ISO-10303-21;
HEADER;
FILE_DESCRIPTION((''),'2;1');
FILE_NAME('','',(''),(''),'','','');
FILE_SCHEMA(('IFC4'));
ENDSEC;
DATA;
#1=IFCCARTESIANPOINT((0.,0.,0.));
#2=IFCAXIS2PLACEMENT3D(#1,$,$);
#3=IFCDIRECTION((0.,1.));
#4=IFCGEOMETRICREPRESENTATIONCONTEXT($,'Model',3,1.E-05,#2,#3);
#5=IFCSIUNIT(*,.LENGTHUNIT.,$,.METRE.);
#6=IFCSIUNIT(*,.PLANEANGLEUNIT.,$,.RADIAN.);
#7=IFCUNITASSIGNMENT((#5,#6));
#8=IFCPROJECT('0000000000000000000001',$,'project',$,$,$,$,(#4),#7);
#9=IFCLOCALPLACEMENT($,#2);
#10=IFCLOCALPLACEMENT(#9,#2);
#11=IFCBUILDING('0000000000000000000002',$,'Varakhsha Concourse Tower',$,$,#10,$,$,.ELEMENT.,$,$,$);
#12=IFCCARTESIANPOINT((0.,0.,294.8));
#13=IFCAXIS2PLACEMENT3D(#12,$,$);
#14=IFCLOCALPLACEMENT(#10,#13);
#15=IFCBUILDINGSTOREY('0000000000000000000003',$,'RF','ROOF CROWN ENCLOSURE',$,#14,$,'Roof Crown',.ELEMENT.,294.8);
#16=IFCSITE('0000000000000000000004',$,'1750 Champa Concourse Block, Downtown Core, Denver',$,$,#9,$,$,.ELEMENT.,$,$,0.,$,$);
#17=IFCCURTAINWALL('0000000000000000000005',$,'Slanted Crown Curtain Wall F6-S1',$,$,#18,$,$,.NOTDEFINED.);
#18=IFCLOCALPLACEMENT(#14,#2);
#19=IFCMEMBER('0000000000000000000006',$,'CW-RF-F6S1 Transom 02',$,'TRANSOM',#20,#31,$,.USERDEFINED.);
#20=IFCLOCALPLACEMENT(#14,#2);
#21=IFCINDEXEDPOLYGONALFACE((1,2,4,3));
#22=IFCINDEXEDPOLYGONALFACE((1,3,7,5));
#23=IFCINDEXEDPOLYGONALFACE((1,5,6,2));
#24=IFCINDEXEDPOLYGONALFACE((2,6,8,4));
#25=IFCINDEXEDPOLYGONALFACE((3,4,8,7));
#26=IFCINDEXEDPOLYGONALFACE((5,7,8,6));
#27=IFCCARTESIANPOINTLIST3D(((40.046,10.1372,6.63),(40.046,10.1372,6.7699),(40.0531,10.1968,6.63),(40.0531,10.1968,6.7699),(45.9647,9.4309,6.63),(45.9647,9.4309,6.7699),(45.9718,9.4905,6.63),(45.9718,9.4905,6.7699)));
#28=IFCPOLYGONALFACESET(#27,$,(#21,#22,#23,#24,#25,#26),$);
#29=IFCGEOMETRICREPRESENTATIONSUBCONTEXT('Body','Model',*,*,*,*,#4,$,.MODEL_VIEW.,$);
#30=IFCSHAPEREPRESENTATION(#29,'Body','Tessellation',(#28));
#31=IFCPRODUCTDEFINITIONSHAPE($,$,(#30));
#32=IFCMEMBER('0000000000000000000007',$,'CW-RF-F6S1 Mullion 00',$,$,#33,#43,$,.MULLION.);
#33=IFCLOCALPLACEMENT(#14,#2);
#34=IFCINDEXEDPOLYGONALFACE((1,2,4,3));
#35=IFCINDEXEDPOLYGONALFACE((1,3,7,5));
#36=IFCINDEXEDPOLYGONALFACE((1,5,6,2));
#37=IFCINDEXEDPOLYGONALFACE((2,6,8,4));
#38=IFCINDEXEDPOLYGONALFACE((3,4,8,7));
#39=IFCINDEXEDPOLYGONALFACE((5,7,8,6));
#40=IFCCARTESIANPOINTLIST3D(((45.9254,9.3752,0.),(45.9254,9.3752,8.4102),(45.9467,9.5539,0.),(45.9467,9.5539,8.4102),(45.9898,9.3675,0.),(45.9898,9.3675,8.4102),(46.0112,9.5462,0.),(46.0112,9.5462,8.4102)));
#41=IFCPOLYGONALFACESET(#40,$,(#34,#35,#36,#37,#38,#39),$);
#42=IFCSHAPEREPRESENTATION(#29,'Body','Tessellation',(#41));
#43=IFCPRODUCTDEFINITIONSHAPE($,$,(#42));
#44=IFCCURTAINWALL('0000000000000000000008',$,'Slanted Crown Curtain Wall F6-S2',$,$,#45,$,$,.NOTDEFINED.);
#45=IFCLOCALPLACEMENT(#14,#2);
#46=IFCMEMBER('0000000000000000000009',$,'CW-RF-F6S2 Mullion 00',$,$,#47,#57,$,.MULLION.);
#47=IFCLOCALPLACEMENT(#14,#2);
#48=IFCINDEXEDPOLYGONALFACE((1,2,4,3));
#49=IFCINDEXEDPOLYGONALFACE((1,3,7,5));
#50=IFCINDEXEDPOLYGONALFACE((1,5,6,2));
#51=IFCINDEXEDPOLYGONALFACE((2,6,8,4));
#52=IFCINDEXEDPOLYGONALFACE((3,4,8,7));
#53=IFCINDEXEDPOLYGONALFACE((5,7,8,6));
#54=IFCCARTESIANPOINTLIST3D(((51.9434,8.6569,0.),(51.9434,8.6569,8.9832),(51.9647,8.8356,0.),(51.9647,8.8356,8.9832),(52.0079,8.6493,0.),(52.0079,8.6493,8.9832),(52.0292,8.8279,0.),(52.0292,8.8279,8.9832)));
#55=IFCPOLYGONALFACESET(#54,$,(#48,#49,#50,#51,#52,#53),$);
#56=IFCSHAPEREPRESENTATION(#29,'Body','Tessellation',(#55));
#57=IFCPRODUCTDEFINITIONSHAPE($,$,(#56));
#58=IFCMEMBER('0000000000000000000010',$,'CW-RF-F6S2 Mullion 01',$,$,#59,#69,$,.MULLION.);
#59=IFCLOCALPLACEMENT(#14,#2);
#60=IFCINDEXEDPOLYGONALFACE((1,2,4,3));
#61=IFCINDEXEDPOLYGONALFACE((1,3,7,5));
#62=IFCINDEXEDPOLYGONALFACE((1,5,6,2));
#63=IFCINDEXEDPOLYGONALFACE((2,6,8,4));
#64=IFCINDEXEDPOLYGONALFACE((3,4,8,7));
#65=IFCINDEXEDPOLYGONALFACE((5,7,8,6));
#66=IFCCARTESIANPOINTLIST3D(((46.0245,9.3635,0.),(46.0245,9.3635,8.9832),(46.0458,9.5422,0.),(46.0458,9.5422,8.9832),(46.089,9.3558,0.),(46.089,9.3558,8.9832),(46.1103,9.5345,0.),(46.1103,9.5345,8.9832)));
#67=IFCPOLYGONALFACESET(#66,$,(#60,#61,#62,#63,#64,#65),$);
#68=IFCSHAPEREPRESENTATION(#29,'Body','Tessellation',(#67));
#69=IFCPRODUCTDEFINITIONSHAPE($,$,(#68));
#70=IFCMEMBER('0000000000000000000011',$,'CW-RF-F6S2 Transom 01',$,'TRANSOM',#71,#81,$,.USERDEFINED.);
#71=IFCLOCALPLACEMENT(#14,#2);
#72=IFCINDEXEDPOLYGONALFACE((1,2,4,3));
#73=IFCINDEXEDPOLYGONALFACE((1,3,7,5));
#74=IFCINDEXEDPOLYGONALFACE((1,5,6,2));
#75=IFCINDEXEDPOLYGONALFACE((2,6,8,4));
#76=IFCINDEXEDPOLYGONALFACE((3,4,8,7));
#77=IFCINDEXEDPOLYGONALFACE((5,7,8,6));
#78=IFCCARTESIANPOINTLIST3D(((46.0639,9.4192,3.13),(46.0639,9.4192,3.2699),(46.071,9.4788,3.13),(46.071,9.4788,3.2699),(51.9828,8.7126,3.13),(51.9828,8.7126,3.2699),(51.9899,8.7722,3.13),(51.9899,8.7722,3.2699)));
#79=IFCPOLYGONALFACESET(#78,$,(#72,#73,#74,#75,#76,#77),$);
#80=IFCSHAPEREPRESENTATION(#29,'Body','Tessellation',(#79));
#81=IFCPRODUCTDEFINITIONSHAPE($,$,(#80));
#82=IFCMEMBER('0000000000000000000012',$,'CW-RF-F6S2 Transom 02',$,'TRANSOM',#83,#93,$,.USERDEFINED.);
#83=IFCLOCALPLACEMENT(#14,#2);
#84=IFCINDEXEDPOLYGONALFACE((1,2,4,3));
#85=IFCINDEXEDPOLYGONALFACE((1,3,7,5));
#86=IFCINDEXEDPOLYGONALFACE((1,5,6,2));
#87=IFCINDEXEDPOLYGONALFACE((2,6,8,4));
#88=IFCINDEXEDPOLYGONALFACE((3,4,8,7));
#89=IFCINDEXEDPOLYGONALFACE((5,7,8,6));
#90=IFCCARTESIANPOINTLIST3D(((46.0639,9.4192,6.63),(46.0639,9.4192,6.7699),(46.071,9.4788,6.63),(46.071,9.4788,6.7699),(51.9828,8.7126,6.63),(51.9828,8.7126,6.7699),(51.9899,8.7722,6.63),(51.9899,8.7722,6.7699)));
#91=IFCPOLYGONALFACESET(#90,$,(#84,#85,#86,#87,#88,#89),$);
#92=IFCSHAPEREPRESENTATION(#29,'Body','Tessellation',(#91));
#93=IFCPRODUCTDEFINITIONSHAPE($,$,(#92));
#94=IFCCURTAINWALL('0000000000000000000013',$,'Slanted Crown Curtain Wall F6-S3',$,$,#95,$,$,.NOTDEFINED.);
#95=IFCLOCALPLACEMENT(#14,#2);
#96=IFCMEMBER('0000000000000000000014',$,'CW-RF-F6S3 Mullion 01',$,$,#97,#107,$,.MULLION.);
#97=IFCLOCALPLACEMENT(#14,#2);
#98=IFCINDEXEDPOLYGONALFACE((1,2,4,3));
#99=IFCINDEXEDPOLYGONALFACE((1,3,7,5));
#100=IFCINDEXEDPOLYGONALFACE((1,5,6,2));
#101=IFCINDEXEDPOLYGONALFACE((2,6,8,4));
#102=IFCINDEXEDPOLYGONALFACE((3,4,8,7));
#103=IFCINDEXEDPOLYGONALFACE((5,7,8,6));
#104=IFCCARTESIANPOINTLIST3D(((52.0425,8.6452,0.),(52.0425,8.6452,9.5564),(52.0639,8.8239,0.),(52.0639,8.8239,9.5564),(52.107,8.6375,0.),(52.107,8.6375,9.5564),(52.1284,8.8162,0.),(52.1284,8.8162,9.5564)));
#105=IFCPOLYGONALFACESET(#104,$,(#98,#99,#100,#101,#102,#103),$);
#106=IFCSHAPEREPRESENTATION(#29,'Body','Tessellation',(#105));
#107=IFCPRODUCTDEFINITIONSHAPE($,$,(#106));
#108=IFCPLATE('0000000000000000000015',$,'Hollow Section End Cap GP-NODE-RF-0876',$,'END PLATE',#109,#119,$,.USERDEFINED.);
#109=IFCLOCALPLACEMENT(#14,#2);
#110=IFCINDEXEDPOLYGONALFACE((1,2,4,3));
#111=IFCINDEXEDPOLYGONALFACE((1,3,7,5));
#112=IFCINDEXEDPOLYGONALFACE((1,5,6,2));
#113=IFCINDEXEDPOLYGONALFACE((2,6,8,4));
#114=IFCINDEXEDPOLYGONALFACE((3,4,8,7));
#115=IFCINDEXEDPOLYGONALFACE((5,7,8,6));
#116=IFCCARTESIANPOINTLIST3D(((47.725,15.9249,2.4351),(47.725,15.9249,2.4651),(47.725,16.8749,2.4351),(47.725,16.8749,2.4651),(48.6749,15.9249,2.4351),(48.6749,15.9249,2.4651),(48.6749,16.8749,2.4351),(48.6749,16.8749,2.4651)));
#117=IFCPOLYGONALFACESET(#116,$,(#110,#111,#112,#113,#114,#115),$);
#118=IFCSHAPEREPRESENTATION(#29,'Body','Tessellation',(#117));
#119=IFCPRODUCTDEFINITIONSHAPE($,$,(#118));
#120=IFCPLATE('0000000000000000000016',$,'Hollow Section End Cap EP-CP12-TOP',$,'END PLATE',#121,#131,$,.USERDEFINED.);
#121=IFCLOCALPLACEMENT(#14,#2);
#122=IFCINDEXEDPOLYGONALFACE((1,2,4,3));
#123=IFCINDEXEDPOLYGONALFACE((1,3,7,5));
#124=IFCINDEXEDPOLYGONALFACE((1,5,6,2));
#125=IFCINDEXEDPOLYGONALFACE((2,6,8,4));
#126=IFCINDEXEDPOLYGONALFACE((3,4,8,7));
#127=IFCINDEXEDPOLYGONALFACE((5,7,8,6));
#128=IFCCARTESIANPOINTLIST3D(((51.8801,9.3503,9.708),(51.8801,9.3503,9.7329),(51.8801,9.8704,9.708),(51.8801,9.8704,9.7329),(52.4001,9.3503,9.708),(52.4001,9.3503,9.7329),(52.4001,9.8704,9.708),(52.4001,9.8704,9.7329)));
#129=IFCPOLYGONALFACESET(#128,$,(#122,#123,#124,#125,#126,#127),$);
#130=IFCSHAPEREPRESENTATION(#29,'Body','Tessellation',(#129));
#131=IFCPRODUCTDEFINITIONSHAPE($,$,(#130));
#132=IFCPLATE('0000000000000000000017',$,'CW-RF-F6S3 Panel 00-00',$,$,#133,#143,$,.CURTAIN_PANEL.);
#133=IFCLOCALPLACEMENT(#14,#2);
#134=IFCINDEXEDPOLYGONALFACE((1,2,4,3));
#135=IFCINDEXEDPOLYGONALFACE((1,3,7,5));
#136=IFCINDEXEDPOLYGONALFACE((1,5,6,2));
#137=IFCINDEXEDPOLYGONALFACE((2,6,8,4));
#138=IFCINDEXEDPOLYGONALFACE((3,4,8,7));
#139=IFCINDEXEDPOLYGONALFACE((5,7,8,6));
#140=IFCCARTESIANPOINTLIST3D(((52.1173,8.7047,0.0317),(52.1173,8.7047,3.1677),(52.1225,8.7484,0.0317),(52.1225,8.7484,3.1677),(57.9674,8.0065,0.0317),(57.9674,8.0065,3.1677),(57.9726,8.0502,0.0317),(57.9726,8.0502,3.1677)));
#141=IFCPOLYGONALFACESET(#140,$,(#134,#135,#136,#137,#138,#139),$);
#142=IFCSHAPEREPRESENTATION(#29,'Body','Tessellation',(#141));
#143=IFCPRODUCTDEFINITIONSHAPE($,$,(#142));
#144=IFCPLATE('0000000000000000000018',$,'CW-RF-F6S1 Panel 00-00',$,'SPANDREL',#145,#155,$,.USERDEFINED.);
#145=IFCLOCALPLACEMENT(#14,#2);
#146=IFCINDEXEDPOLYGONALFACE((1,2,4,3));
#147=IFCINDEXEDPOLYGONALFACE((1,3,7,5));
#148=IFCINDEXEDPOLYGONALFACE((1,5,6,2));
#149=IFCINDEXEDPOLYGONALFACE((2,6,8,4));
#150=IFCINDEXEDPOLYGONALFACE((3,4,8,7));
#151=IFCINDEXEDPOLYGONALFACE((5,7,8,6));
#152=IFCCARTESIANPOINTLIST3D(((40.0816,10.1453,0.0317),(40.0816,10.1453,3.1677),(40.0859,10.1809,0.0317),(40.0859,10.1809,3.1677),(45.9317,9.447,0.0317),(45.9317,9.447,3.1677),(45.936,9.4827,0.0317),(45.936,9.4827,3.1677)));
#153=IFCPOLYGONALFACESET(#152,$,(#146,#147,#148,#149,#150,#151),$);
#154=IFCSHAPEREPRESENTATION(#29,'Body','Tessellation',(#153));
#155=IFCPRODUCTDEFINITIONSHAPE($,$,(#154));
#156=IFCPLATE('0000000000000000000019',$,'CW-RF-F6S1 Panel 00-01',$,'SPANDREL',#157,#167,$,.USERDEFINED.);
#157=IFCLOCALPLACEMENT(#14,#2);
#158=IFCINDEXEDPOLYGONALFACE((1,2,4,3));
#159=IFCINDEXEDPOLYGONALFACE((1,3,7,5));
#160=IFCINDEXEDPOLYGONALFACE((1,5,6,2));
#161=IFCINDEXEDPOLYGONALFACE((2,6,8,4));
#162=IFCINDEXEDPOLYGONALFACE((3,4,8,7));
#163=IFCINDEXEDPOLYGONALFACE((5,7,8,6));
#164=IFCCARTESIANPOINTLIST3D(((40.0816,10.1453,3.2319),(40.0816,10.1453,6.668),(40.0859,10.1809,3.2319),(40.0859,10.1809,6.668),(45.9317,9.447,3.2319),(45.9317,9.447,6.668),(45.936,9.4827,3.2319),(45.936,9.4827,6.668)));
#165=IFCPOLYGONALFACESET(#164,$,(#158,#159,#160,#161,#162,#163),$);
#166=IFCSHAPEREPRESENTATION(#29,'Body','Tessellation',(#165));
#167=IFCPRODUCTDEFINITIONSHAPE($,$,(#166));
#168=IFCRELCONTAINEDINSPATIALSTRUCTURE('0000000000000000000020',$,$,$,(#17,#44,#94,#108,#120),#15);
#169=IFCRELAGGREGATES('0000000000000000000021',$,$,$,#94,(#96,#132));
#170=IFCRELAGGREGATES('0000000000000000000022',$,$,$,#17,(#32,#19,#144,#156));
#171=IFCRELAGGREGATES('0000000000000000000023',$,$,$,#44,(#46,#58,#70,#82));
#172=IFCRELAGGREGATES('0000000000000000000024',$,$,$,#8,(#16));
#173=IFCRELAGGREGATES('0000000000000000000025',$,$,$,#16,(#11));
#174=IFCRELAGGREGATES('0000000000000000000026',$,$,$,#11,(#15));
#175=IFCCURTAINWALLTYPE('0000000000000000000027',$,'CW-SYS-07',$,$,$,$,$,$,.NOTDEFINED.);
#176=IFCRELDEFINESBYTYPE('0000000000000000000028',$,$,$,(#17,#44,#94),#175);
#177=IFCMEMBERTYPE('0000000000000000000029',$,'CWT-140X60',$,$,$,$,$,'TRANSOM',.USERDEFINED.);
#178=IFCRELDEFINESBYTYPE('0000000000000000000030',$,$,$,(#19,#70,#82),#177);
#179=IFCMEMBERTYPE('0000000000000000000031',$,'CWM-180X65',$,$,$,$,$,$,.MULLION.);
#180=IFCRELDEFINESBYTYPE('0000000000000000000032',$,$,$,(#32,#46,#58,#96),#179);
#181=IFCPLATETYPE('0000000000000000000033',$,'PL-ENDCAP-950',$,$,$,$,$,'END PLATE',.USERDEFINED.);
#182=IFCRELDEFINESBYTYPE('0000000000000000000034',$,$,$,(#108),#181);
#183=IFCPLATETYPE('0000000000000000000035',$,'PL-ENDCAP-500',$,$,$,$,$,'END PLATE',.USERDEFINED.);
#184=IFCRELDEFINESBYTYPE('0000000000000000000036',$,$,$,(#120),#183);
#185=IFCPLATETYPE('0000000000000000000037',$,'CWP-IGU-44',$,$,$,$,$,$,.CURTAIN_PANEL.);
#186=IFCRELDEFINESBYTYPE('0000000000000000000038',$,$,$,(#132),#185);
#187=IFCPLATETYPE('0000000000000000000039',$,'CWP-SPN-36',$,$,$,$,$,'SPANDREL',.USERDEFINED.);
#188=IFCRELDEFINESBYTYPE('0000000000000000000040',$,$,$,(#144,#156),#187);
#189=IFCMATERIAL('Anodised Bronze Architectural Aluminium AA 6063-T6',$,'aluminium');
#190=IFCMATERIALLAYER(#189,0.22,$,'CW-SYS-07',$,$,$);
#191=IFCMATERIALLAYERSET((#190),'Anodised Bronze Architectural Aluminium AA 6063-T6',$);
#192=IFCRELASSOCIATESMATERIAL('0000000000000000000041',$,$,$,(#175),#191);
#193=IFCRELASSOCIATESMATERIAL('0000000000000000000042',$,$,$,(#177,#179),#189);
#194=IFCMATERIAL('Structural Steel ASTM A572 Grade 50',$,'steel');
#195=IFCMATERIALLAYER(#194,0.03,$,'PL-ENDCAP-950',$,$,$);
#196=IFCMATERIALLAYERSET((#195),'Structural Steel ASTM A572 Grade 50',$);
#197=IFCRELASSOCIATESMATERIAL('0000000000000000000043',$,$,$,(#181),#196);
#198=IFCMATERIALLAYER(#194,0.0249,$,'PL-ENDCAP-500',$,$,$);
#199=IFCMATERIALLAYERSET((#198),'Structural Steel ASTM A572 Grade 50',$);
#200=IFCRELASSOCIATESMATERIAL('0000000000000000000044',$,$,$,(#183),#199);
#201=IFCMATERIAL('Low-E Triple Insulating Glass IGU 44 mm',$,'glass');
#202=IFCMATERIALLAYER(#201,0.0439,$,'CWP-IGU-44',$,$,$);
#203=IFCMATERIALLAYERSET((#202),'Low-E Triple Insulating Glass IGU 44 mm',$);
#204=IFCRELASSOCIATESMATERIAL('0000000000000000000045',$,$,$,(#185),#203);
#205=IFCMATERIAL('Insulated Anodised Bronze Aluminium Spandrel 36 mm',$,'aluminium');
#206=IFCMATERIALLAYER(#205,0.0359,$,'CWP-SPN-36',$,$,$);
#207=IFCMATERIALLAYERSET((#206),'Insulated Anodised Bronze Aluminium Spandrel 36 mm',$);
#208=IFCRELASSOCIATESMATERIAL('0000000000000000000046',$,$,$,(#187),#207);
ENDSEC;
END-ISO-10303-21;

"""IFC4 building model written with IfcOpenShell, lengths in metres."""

from ifc_helpers import new_model, si_unit, direction, frame, origin, origin_2d, place, context, subcontext, project, spatial, rectangle, extrude, source, transform, mapped, material, layer, layer_set, material_profile, profile_set, type_object, type_shapes, element, aggregate, save


model = new_model("IFC4")

# Units and contexts
model_context = context("Model", 3, precision=1e-05, world=origin(), true_north=direction((0.0, 1.0)))
body_context = subcontext(model_context, "Body", "Model", "MODEL_VIEW")
ifc_project = project(units=[si_unit("LENGTHUNIT", "METRE"), si_unit("PLANEANGLEUNIT", "RADIAN")], contexts=[model_context])

# Site, building, storey
site_placement = place(None, origin())
site = spatial("IfcSite", under=ifc_project, at=site_placement, Name="1750 Champa Concourse Block, Downtown Core, Denver", CompositionType="ELEMENT", RefElevation=0.0)
building_placement = place(site_placement, origin())
building = spatial("IfcBuilding", under=site, at=building_placement, Name="Varakhsha Concourse Tower", CompositionType="ELEMENT")
storey_placement = place(building_placement, frame((0.0, 0.0, 294.8)))
storey = spatial("IfcBuildingStorey", under=building, at=storey_placement, Name="RF", Description="ROOF CROWN ENCLOSURE", LongName="Roof Crown", CompositionType="ELEMENT", Elevation=294.8)

# Shared definitions
ifc_material_1 = material(Name="Structural Steel ASTM A572 Grade 50", Category="steel")

# Curtain walls, members
ifc_material_2 = material(Name="Anodised Bronze Architectural Aluminium AA 6063-T6", Category="aluminium")
ifc_layer_1 = layer(ifc_material_2, 0.22, Name="CW-SYS-07")
ifc_layer_set_1 = layer_set([ifc_layer_1], Name="Anodised Bronze Architectural Aluminium AA 6063-T6")
curtain_wall_type = type_object("IfcCurtainWallType", Name="CW-SYS-07", PredefinedType="NOTDEFINED", material=ifc_layer_set_1)
curtain_wall_1_placement = place(storey_placement, origin())
curtain_wall_1 = element("IfcCurtainWall", 1, at=curtain_wall_1_placement, inside=storey, type_object=curtain_wall_type, Name="Slanted Crown Curtain Wall F6-S1", PredefinedType="NOTDEFINED")
ifc_material_profile_1 = material_profile(ifc_material_2, rectangle(XDim=0.0601, YDim=0.1399, at=origin_2d()), Name="CWT-140X60")
ifc_profile_set_1 = profile_set([ifc_material_profile_1], Name="Anodised Bronze Architectural Aluminium AA 6063-T6")
member_type_1 = type_object("IfcMemberType", Name="CWT-140X60", ElementType="TRANSOM", PredefinedType="USERDEFINED", material=ifc_profile_set_1)
shared_shape_1 = source(origin(), body_context, "Body", "SweptSolid", [
    extrude(rectangle(XDim=0.0601, YDim=0.1399, at=origin_2d()), origin(), (0.0, 0.0, 1.0), 5.9607),
])
member_1_placement = place(storey_placement, frame((45.9683, 9.4607, 6.7), z_axis=(-0.992955, 0.118493, 0.0), x_axis=(-0.118493, -0.992955, 0.0)))
member_1 = element("IfcMember", 2, at=member_1_placement, type_object=member_type_1, Name="CW-RF-F6S1 Transom 02", ObjectType="TRANSOM", PredefinedType="USERDEFINED", context=body_context, shape_type="MappedRepresentation", body=[
    mapped(shared_shape_1, transform((0.0, 0.0, 0.0), scale=1.0)),
])
ifc_material_profile_2 = material_profile(ifc_material_2, rectangle(XDim=0.0649, YDim=0.1799, at=origin_2d()), Name="CWM-180X65")
ifc_profile_set_2 = profile_set([ifc_material_profile_2], Name="Anodised Bronze Architectural Aluminium AA 6063-T6")
member_type_2 = type_object("IfcMemberType", Name="CWM-180X65", PredefinedType="MULLION", material=ifc_profile_set_2)
shared_shape_2 = source(origin(), body_context, "Body", "SweptSolid", [
    extrude(rectangle(XDim=0.0649, YDim=0.1799, at=origin_2d()), origin(), (0.0, 0.0, 1.0), 8.4102),
])
member_2_placement = place(storey_placement, frame((45.9683, 9.4607, 0.0), z_axis=(0.0, 0.0, 1.0), x_axis=(-0.992953, 0.11851, 0.0)))
member_2 = element("IfcMember", 3, at=member_2_placement, type_object=member_type_2, Name="CW-RF-F6S1 Mullion 00", PredefinedType="MULLION", context=body_context, shape_type="MappedRepresentation", body=[
    mapped(shared_shape_2, transform((0.0, 0.0, 0.0), scale=1.0)),
])
curtain_wall_2_placement = place(storey_placement, origin())
curtain_wall_2 = element("IfcCurtainWall", 4, at=curtain_wall_2_placement, inside=storey, type_object=curtain_wall_type, Name="Slanted Crown Curtain Wall F6-S2", PredefinedType="NOTDEFINED")
shared_shape_3 = source(origin(), body_context, "Body", "SweptSolid", [
    extrude(rectangle(XDim=0.0649, YDim=0.1799, at=origin_2d()), origin(), (0.0, 0.0, 1.0), 8.9832),
])
member_3_placement = place(storey_placement, frame((51.9863, 8.7424, 0.0), z_axis=(0.0, 0.0, 1.0), x_axis=(-0.992951, 0.118524, 0.0)))
member_3 = element("IfcMember", 5, at=member_3_placement, type_object=member_type_2, Name="CW-RF-F6S2 Mullion 00", PredefinedType="MULLION", context=body_context, shape_type="MappedRepresentation", body=[
    mapped(shared_shape_3, transform((0.0, 0.0, 0.0), scale=1.0)),
])
member_4_placement = place(storey_placement, frame((46.0674, 9.449, 0.0), z_axis=(0.0, 0.0, 1.0), x_axis=(-0.992951, 0.118524, 0.0)))
member_4 = element("IfcMember", 6, at=member_4_placement, type_object=member_type_2, Name="CW-RF-F6S2 Mullion 01", PredefinedType="MULLION", context=body_context, shape_type="MappedRepresentation", body=[
    mapped(shared_shape_3, transform((0.0, 0.0, 0.0), scale=1.0)),
])
shared_shape_4 = source(origin(), body_context, "Body", "SweptSolid", [
    extrude(rectangle(XDim=0.0601, YDim=0.1399, at=origin_2d()), origin(), (0.0, 0.0, 1.0), 5.9609),
])
type_shapes(member_type_1, [shared_shape_1, shared_shape_4])
member_5_placement = place(storey_placement, frame((51.9863, 8.7424, 3.2), z_axis=(-0.992951, 0.118528, 0.0), x_axis=(-0.118528, -0.992951, 0.0)))
member_5 = element("IfcMember", 7, at=member_5_placement, type_object=member_type_1, Name="CW-RF-F6S2 Transom 01", ObjectType="TRANSOM", PredefinedType="USERDEFINED", context=body_context, shape_type="MappedRepresentation", body=[
    mapped(shared_shape_4, transform((0.0, 0.0, 0.0), scale=1.0)),
])
member_6_placement = place(storey_placement, frame((51.9863, 8.7424, 6.7), z_axis=(-0.992951, 0.118528, 0.0), x_axis=(-0.118528, -0.992951, 0.0)))
member_6 = element("IfcMember", 8, at=member_6_placement, type_object=member_type_1, Name="CW-RF-F6S2 Transom 02", ObjectType="TRANSOM", PredefinedType="USERDEFINED", context=body_context, shape_type="MappedRepresentation", body=[
    mapped(shared_shape_4, transform((0.0, 0.0, 0.0), scale=1.0)),
])

# Curtain wall, member
curtain_wall_3_placement = place(storey_placement, origin())
curtain_wall_3 = element("IfcCurtainWall", 9, at=curtain_wall_3_placement, inside=storey, type_object=curtain_wall_type, Name="Slanted Crown Curtain Wall F6-S3", PredefinedType="NOTDEFINED")
shared_shape_5 = source(origin(), body_context, "Body", "SweptSolid", [
    extrude(rectangle(XDim=0.0649, YDim=0.1799, at=origin_2d()), origin(), (0.0, 0.0, 1.0), 9.5564),
])
type_shapes(member_type_2, [shared_shape_2, shared_shape_3, shared_shape_5])
member_7_placement = place(storey_placement, frame((52.0854, 8.7307, 0.0), z_axis=(0.0, 0.0, 1.0), x_axis=(-0.992953, 0.11851, 0.0)))
member_7 = element("IfcMember", 10, at=member_7_placement, type_object=member_type_2, Name="CW-RF-F6S3 Mullion 01", PredefinedType="MULLION", context=body_context, shape_type="MappedRepresentation", body=[
    mapped(shared_shape_5, transform((0.0, 0.0, 0.0), scale=1.0)),
])

# Plates
ifc_layer_2 = layer(ifc_material_1, 0.03, Name="PL-ENDCAP-950")
ifc_layer_set_2 = layer_set([ifc_layer_2], Name="Structural Steel ASTM A572 Grade 50")
plate_type_1 = type_object("IfcPlateType", Name="PL-ENDCAP-950", ElementType="END PLATE", PredefinedType="USERDEFINED", material=ifc_layer_set_2)
shared_shape_6 = source(origin(), body_context, "Body", "SweptSolid", [
    extrude(rectangle(XDim=0.95, YDim=0.95, at=origin_2d()), origin(), (0.0, 0.0, 1.0), 0.03),
])
type_shapes(plate_type_1, [shared_shape_6])
plate_1_placement = place(storey_placement, frame((48.2, 16.3999, 2.4351), z_axis=(0.0, 0.0, 1.0), x_axis=(1.0, 0.0, 0.0)))
element("IfcPlate", 11, at=plate_1_placement, inside=storey, type_object=plate_type_1, Name="Hollow Section End Cap GP-NODE-RF-0876", ObjectType="END PLATE", PredefinedType="USERDEFINED", context=body_context, shape_type="MappedRepresentation", body=[
    mapped(shared_shape_6, transform((0.0, 0.0, 0.0), scale=1.0)),
])
ifc_layer_3 = layer(ifc_material_1, 0.0249, Name="PL-ENDCAP-500")
ifc_layer_set_3 = layer_set([ifc_layer_3], Name="Structural Steel ASTM A572 Grade 50")
plate_type_2 = type_object("IfcPlateType", Name="PL-ENDCAP-500", ElementType="END PLATE", PredefinedType="USERDEFINED", material=ifc_layer_set_3)
shared_shape_7 = source(origin(), body_context, "Body", "SweptSolid", [
    extrude(rectangle(XDim=0.52, YDim=0.52, at=origin_2d()), origin(), (0.0, 0.0, 1.0), 0.0249),
])
type_shapes(plate_type_2, [shared_shape_7])
plate_2_placement = place(storey_placement, frame((52.1401, 9.6104, 9.708), z_axis=(0.0, 0.0, 1.0), x_axis=(1.0, 0.0, 0.0)))
element("IfcPlate", 12, at=plate_2_placement, inside=storey, type_object=plate_type_2, Name="Hollow Section End Cap EP-CP12-TOP", ObjectType="END PLATE", PredefinedType="USERDEFINED", context=body_context, shape_type="MappedRepresentation", body=[
    mapped(shared_shape_7, transform((0.0, 0.0, 0.0), scale=1.0)),
])

# Plates
ifc_material_3 = material(Name="Low-E Triple Insulating Glass IGU 44 mm", Category="glass")
ifc_layer_4 = layer(ifc_material_3, 0.0439, Name="CWP-IGU-44")
ifc_layer_set_4 = layer_set([ifc_layer_4], Name="Low-E Triple Insulating Glass IGU 44 mm")
plate_type_3 = type_object("IfcPlateType", Name="CWP-IGU-44", PredefinedType="CURTAIN_PANEL", material=ifc_layer_set_4)
shared_shape_8 = source(origin(), body_context, "Body", "SweptSolid", [
    extrude(rectangle(XDim=5.8916, YDim=0.0439, at=origin_2d()), origin(), (0.0, 0.0, 1.0), 3.136),
])
plate_3_placement = place(storey_placement, frame((55.0449, 8.3774, 0.0317), z_axis=(0.0, 0.0, 1.0), x_axis=(-0.992953, 0.11851, 0.0)))
plate_3 = element("IfcPlate", 13, at=plate_3_placement, type_object=plate_type_3, Name="CW-RF-F6S3 Panel 00-00", PredefinedType="CURTAIN_PANEL", context=body_context, shape_type="MappedRepresentation", body=[
    mapped(shared_shape_8, transform((0.0, 0.0, 0.0), scale=1.0)),
])
aggregate(curtain_wall_3, [member_7, plate_3])
ifc_material_4 = material(Name="Insulated Anodised Bronze Aluminium Spandrel 36 mm", Category="aluminium")
ifc_layer_5 = layer(ifc_material_4, 0.0359, Name="CWP-SPN-36")
ifc_layer_set_5 = layer_set([ifc_layer_5], Name="Insulated Anodised Bronze Aluminium Spandrel 36 mm")
plate_type_4 = type_object("IfcPlateType", Name="CWP-SPN-36", ElementType="SPANDREL", PredefinedType="USERDEFINED", material=ifc_layer_set_5)
shared_shape_9 = source(origin(), body_context, "Body", "SweptSolid", [
    extrude(rectangle(XDim=5.8916, YDim=0.0359, at=origin_2d()), origin(), (0.0, 0.0, 1.0), 3.136),
])
plate_4_placement = place(storey_placement, frame((43.0088, 9.814, 0.0317), z_axis=(0.0, 0.0, 1.0), x_axis=(-0.992953, 0.11851, 0.0)))
plate_4 = element("IfcPlate", 14, at=plate_4_placement, type_object=plate_type_4, Name="CW-RF-F6S1 Panel 00-00", ObjectType="SPANDREL", PredefinedType="USERDEFINED", context=body_context, shape_type="MappedRepresentation", body=[
    mapped(shared_shape_9, transform((0.0, 0.0, 0.0), scale=1.0)),
])
shared_shape_10 = source(origin(), body_context, "Body", "SweptSolid", [
    extrude(rectangle(XDim=5.8916, YDim=0.0359, at=origin_2d()), origin(), (0.0, 0.0, 1.0), 3.436),
])
plate_5_placement = place(storey_placement, frame((43.0088, 9.814, 3.2319), z_axis=(0.0, 0.0, 1.0), x_axis=(-0.992953, 0.11851, 0.0)))
plate_5 = element("IfcPlate", 15, at=plate_5_placement, type_object=plate_type_4, Name="CW-RF-F6S1 Panel 00-01", ObjectType="SPANDREL", PredefinedType="USERDEFINED", context=body_context, shape_type="MappedRepresentation", body=[
    mapped(shared_shape_10, transform((0.0, 0.0, 0.0), scale=1.0)),
])
aggregate(curtain_wall_1, [member_2, member_1, plate_4, plate_5])
aggregate(curtain_wall_2, [member_3, member_4, member_5, member_6])

save(model, "model.ifc")
